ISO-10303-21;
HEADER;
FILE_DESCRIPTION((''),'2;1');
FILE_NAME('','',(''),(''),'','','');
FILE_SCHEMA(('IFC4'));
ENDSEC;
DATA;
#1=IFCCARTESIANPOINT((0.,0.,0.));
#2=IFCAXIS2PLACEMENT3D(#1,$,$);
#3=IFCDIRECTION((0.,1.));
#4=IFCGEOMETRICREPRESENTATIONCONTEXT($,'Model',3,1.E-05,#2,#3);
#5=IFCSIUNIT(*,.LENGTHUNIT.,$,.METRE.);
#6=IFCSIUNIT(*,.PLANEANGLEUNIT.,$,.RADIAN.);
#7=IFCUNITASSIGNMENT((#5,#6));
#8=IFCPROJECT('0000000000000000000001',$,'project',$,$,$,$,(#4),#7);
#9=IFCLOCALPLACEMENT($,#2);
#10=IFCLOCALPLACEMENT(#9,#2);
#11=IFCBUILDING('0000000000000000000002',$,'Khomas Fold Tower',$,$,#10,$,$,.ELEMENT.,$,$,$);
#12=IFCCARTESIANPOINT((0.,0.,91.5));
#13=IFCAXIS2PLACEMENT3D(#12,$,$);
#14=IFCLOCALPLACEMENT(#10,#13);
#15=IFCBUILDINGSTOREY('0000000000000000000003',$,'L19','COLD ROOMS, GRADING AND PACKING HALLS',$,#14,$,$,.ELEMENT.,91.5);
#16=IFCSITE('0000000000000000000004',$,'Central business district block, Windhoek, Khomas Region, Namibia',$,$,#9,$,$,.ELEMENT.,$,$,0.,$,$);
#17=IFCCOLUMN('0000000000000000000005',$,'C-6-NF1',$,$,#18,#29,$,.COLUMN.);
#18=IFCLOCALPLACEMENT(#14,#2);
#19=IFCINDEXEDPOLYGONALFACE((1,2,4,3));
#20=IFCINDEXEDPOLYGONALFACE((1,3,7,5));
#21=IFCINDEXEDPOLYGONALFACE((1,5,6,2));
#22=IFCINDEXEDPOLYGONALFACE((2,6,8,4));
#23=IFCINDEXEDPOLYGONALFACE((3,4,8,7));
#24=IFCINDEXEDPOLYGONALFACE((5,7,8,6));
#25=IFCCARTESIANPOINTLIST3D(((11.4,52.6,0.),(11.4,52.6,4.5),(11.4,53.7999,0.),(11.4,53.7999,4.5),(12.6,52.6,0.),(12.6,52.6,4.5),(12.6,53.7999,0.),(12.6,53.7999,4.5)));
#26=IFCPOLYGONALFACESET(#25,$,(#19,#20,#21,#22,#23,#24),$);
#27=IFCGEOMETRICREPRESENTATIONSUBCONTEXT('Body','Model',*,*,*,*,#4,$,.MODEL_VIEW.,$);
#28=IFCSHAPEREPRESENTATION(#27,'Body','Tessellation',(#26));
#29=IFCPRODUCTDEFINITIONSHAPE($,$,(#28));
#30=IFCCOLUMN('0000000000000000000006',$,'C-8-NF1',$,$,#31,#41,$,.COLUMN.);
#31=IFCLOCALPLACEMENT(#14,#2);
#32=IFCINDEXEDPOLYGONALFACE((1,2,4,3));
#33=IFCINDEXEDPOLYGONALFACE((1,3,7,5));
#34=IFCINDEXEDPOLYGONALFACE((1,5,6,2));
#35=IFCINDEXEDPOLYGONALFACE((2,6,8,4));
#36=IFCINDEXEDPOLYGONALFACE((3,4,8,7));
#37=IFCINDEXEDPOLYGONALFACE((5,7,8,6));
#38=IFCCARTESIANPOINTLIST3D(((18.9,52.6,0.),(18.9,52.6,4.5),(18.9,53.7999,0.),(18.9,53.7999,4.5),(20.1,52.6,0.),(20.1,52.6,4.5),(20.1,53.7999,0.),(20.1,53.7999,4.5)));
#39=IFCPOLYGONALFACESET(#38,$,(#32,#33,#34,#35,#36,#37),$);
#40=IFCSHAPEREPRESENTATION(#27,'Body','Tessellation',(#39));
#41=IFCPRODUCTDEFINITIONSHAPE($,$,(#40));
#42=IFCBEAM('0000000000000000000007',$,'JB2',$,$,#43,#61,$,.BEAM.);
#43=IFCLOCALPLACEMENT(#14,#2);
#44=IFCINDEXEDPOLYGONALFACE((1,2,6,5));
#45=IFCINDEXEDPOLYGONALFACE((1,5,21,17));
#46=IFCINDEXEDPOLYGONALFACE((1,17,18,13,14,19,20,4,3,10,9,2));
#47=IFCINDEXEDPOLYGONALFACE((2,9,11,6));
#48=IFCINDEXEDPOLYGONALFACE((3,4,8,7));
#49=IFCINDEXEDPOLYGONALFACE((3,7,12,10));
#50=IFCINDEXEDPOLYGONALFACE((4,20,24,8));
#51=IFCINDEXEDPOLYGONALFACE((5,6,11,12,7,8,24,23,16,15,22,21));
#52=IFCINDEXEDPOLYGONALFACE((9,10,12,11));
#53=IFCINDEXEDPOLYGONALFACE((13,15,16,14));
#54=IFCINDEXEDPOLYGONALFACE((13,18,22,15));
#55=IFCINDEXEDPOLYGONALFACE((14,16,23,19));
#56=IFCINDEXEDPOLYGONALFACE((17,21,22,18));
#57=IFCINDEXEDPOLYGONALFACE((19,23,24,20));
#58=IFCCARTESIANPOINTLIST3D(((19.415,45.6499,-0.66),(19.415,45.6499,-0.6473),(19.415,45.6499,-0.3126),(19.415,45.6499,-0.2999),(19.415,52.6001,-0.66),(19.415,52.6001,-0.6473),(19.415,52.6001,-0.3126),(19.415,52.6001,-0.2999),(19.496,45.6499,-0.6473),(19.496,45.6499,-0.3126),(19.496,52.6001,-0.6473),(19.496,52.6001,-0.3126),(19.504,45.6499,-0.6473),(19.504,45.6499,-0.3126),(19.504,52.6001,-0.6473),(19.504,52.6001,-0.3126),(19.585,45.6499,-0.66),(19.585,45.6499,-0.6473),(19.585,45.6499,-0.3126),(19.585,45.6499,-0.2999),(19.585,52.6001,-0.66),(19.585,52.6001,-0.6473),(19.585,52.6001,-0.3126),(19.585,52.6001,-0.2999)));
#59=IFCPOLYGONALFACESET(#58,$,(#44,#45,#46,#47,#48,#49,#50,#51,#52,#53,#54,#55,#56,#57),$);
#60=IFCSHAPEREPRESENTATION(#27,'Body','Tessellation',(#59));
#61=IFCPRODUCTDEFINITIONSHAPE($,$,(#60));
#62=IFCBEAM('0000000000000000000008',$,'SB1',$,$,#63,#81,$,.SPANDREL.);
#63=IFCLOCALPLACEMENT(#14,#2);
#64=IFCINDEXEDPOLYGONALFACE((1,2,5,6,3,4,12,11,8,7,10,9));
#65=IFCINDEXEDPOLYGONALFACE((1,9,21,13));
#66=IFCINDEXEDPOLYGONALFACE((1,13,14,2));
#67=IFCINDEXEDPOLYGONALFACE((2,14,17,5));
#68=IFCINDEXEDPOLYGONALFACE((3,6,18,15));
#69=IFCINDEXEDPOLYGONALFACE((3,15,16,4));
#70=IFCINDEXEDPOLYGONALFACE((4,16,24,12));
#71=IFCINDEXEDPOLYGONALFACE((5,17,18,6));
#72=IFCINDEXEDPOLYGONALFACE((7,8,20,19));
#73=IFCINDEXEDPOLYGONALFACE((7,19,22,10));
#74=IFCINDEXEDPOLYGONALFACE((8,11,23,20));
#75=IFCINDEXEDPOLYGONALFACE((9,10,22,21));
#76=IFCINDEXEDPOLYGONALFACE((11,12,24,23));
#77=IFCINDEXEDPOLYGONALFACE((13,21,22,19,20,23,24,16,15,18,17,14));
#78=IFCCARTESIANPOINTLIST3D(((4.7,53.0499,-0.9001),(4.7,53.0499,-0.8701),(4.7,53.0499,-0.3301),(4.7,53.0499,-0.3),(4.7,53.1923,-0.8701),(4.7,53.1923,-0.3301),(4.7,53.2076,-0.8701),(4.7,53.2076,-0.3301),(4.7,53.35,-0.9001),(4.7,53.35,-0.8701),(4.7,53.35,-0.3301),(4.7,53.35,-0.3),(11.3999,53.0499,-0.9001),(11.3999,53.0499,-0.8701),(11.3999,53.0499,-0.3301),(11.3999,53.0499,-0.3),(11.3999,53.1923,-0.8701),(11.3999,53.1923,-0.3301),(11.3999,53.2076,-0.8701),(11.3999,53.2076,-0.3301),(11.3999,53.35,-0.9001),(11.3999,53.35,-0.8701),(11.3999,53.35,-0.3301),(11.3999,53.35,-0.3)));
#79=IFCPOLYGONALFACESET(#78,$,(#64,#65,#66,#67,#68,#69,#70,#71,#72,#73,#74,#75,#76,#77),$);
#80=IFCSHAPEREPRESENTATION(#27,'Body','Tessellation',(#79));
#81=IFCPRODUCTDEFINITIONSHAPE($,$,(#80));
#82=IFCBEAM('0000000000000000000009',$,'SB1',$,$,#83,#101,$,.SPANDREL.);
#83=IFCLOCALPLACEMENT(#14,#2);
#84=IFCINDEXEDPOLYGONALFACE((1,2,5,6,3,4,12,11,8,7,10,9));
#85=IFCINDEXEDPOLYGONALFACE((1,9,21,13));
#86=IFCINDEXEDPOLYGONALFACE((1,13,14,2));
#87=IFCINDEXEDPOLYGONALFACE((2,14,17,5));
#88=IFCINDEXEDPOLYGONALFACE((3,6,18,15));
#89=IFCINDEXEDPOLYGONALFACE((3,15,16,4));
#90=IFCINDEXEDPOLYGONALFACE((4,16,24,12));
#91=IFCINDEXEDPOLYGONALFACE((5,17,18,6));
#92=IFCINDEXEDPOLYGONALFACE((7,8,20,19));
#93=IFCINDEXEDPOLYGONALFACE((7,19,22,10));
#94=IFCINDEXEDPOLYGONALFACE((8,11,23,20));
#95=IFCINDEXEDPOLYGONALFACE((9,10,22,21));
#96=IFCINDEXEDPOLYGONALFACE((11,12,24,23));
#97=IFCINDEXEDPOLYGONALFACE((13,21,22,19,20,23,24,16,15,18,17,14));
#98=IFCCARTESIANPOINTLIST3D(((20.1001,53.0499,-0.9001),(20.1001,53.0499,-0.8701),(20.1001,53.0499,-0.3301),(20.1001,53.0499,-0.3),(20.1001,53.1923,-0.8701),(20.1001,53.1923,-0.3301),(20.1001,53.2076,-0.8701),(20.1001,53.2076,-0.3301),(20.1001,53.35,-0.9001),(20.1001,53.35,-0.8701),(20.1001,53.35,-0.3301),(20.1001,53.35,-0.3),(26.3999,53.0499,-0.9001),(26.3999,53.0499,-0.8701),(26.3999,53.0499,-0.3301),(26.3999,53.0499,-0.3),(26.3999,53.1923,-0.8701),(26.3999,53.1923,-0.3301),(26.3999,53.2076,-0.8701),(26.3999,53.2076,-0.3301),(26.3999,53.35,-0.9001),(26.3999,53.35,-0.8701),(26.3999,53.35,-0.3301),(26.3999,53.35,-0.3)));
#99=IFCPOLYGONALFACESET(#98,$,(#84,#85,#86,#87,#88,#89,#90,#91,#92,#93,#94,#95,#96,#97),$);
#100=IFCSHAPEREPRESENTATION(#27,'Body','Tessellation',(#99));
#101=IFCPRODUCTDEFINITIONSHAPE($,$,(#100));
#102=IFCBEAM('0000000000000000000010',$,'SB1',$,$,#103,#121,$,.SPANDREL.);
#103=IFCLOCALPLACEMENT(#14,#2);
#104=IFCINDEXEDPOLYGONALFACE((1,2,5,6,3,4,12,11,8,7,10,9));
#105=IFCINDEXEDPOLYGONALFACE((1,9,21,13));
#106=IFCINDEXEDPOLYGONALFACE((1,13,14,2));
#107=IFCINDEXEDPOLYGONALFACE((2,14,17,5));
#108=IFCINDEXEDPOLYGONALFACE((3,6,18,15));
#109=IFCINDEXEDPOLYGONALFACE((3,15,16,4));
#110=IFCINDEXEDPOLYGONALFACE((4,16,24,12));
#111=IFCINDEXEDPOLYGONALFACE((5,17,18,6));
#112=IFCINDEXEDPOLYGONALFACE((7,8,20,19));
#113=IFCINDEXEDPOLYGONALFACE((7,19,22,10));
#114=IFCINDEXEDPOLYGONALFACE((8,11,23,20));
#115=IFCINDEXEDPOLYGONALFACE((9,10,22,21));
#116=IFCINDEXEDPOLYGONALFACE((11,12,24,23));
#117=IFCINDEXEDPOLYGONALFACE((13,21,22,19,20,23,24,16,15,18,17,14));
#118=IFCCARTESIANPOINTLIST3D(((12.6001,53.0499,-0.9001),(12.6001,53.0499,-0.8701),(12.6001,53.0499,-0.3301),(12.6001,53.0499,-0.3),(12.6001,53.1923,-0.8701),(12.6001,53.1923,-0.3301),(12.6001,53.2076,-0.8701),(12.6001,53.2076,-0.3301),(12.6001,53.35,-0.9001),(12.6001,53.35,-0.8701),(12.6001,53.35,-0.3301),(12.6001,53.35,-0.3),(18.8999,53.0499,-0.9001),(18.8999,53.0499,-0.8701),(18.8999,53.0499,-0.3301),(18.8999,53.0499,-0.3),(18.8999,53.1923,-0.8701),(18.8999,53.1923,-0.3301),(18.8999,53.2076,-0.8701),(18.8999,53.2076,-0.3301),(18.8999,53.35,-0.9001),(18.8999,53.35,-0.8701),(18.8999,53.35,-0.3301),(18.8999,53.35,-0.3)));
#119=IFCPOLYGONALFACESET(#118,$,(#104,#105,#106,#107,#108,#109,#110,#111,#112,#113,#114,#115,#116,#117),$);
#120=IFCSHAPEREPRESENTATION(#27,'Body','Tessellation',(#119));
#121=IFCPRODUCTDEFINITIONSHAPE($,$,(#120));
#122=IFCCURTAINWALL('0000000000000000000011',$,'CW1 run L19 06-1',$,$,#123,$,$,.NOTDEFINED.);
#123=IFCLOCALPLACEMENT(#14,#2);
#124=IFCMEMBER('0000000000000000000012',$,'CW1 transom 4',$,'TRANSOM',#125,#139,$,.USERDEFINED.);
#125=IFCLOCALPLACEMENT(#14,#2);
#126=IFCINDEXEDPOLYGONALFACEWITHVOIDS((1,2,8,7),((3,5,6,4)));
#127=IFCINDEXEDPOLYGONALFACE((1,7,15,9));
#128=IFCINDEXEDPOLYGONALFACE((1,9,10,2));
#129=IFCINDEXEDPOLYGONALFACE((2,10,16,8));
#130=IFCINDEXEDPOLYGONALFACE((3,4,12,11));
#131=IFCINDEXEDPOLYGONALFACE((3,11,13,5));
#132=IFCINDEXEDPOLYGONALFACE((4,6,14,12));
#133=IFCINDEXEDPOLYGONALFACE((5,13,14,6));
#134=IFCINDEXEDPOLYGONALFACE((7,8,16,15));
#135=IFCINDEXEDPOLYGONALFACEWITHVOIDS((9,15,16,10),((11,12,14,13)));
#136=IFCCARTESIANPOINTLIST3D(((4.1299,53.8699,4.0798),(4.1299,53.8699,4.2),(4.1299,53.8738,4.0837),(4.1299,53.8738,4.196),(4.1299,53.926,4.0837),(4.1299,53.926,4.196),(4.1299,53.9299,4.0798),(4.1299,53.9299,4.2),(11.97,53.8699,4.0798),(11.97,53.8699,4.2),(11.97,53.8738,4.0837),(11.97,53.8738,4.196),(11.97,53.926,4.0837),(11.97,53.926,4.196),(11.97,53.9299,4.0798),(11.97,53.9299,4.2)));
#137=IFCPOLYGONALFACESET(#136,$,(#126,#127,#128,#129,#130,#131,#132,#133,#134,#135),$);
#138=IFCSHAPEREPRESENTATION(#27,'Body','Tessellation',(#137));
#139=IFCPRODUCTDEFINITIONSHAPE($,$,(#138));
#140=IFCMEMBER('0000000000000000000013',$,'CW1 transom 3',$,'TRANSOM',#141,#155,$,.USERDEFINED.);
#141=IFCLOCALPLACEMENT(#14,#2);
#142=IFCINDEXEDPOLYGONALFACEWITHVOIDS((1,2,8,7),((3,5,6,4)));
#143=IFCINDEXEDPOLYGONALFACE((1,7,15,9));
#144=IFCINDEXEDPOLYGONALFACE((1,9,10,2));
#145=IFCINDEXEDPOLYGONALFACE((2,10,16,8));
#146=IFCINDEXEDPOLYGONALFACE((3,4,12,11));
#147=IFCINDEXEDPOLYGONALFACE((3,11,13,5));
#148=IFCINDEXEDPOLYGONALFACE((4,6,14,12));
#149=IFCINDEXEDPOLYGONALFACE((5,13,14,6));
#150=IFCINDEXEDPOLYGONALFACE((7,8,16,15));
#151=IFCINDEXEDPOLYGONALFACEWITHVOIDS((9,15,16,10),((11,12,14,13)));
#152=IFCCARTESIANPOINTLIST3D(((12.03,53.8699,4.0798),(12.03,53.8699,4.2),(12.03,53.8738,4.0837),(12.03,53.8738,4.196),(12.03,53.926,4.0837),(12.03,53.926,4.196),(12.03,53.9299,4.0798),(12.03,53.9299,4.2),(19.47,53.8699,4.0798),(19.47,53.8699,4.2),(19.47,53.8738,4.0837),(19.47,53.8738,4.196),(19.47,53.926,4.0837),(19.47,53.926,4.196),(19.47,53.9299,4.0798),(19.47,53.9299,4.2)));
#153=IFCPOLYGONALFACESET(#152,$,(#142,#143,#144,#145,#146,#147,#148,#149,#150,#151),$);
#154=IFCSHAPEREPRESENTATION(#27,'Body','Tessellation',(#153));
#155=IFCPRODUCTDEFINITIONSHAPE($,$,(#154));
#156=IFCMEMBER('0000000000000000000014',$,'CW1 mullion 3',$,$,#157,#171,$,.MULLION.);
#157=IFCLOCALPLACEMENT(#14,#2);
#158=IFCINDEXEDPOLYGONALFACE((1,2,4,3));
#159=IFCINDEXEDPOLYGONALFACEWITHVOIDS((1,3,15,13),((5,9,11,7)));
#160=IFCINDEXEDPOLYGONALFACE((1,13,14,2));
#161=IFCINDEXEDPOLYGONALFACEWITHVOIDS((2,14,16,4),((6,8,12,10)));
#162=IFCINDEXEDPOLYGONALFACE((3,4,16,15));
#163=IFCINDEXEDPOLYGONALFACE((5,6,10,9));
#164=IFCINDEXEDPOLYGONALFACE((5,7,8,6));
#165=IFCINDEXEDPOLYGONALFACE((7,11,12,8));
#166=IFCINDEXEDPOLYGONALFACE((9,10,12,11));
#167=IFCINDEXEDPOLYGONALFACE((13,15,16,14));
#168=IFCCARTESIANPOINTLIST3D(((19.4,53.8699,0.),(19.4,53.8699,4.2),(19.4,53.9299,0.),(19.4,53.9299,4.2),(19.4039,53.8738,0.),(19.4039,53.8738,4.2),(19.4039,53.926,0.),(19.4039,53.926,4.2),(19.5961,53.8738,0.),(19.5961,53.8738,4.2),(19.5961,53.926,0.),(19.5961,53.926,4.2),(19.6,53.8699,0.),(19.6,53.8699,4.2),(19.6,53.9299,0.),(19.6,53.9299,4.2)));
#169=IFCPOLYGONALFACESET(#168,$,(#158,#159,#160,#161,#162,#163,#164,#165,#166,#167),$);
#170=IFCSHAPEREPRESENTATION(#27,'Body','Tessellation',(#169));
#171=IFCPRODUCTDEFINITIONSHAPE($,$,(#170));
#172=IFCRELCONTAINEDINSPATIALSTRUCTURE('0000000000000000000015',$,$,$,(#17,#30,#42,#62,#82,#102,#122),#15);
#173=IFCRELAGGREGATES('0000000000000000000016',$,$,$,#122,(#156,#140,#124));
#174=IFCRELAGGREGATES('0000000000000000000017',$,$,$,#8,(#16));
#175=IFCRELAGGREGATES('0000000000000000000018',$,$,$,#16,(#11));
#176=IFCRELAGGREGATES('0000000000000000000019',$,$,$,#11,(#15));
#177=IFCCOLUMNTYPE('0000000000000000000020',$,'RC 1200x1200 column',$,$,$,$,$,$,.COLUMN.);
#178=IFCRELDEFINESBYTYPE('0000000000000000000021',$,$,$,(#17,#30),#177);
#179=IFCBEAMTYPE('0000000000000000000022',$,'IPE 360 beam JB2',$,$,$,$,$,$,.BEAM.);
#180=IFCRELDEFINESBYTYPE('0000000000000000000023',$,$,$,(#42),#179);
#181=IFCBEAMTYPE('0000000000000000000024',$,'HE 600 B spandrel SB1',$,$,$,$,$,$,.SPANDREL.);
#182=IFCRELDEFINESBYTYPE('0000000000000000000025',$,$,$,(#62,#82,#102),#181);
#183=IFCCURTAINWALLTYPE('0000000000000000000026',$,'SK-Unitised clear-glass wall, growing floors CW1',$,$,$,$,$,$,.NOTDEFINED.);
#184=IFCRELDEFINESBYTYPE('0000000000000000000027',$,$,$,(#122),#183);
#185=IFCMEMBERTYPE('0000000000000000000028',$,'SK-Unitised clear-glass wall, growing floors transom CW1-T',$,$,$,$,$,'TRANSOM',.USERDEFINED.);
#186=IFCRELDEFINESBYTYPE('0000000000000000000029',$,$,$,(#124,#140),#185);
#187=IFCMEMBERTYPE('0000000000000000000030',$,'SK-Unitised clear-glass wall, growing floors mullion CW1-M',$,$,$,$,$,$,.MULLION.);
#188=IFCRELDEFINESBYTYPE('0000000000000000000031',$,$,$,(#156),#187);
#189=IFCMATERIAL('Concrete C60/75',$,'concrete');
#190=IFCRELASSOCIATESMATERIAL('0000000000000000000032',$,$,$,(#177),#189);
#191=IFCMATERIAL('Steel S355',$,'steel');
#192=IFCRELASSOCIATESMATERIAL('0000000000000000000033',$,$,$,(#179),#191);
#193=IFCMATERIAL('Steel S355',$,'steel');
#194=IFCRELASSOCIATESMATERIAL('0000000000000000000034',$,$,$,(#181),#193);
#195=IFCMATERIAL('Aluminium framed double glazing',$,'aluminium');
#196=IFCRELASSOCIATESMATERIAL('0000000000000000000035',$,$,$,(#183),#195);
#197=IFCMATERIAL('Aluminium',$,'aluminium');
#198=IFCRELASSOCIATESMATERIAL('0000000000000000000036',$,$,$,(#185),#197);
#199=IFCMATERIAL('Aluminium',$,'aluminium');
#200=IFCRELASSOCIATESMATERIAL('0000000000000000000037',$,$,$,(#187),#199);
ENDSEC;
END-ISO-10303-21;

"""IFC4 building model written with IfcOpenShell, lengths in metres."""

from ifc_helpers import new_model, si_unit, direction, frame, origin, origin_2d, place, context, subcontext, project, spatial, rectangle, hollow_rectangle, i_section, extrude, source, transform, mapped, material, material_profile, profile_set, type_object, element, aggregate, save


model = new_model("IFC4")

# Units and contexts
model_context = context("Model", 3, precision=1e-05, world=origin(), true_north=direction((0.0, 1.0)))
body_context = subcontext(model_context, "Body", "Model", "MODEL_VIEW")
ifc_project = project(units=[si_unit("LENGTHUNIT", "METRE"), si_unit("PLANEANGLEUNIT", "RADIAN")], contexts=[model_context])

# Site, building, storey
site_placement = place(None, origin())
site = spatial("IfcSite", under=ifc_project, at=site_placement, Name="Central business district block, Windhoek, Khomas Region, Namibia", CompositionType="ELEMENT", RefElevation=0.0)
building_placement = place(site_placement, origin())
building = spatial("IfcBuilding", under=site, at=building_placement, Name="Khomas Fold Tower", CompositionType="ELEMENT")
storey_placement = place(building_placement, frame((0.0, 0.0, 91.5)))
storey = spatial("IfcBuildingStorey", under=building, at=storey_placement, Name="L19", Description="COLD ROOMS, GRADING AND PACKING HALLS", CompositionType="ELEMENT", Elevation=91.5)

# Columns
ifc_material_1 = material(Name="Concrete C60/75", Category="concrete")
ifc_material_profile_1 = material_profile(ifc_material_1, rectangle(XDim=1.2, YDim=1.2, at=origin_2d()), Name="RC 1200x1200")
ifc_profile_set_1 = profile_set([ifc_material_profile_1], Name="Concrete C60/75")
column_type = type_object("IfcColumnType", Name="RC 1200x1200 column", PredefinedType="COLUMN", material=ifc_profile_set_1)
shared_shape_1 = source(origin(), body_context, "Body", "SweptSolid", [
    extrude(rectangle(XDim=1.2, YDim=1.2, at=origin_2d()), origin(), (0.0, 0.0, 1.0), 4.5),
])
for number, where, z_axis, x_axis, name in (
    (1, (12.0, 53.2, 0.0), (0.0, 0.0, 1.0), (1.0, 0.0, 0.0), "C-6-NF1"),
    (2, (19.5, 53.2, 0.0), (0.0, 0.0, 1.0), (1.0, 0.0, 0.0), "C-8-NF1"),
):
    element("IfcColumn", number, at=place(storey_placement, frame(where, z_axis=z_axis, x_axis=x_axis)), inside=storey, type_object=column_type, Name=name, PredefinedType="COLUMN", context=body_context, shape_type="MappedRepresentation", body=[
        mapped(shared_shape_1, transform((0.0, 0.0, 0.0))),
    ])

# Beams
ifc_material_2 = material(Name="Steel S355", Category="steel")
ifc_material_profile_2 = material_profile(ifc_material_2, i_section(OverallWidth=0.1699, OverallDepth=0.3601, WebThickness=0.0081, FlangeThickness=0.0127, at=origin_2d()), Name="IPE 360")
ifc_profile_set_2 = profile_set([ifc_material_profile_2], Name="Steel S355")
beam_type_1 = type_object("IfcBeamType", Name="IPE 360 beam JB2", PredefinedType="BEAM", material=ifc_profile_set_2)
shared_shape_2 = source(origin(), body_context, "Body", "SweptSolid", [
    extrude(i_section(OverallWidth=0.1699, OverallDepth=0.3601, WebThickness=0.0081, FlangeThickness=0.0127, at=origin_2d()), origin(), (0.0, 0.0, 1.0), 6.9502),
])
beam_1_placement = place(storey_placement, frame((19.5, 45.6499, -0.48), z_axis=(0.0, 1.0, 0.0), x_axis=(-1.0, 0.0, 0.0)))
element("IfcBeam", 3, at=beam_1_placement, inside=storey, type_object=beam_type_1, Name="JB2", PredefinedType="BEAM", context=body_context, shape_type="MappedRepresentation", body=[
    mapped(shared_shape_2, transform((0.0, 0.0, 0.0))),
])
ifc_material_3 = material(Name="Steel S355", Category="steel")
ifc_material_profile_3 = material_profile(ifc_material_3, i_section(OverallWidth=0.3, OverallDepth=0.6001, WebThickness=0.0154, FlangeThickness=0.03, at=origin_2d()), Name="HE 600 B")
ifc_profile_set_3 = profile_set([ifc_material_profile_3], Name="Steel S355")
beam_type_2 = type_object("IfcBeamType", Name="HE 600 B spandrel SB1", PredefinedType="SPANDREL", material=ifc_profile_set_3)
shared_shape_3 = source(origin(), body_context, "Body", "SweptSolid", [
    extrude(i_section(OverallWidth=0.3, OverallDepth=0.6001, WebThickness=0.0154, FlangeThickness=0.03, at=origin_2d()), origin(), (0.0, 0.0, 1.0), 6.7),
])
beam_2_placement = place(storey_placement, frame((4.7, 53.2, -0.6001), z_axis=(1.0, 0.0, 0.0), x_axis=(0.0, 1.0, 0.0)))
element("IfcBeam", 4, at=beam_2_placement, inside=storey, type_object=beam_type_2, Name="SB1", PredefinedType="SPANDREL", context=body_context, shape_type="MappedRepresentation", body=[
    mapped(shared_shape_3, transform((0.0, 0.0, 0.0))),
])
shared_shape_4 = source(origin(), body_context, "Body", "SweptSolid", [
    extrude(i_section(OverallWidth=0.3, OverallDepth=0.6001, WebThickness=0.0154, FlangeThickness=0.03, at=origin_2d()), origin(), (0.0, 0.0, 1.0), 6.2998),
])
for number, where, z_axis, x_axis, name in (
    (5, (20.1001, 53.2, -0.6001), (1.0, 0.0, 0.0), (0.0, 1.0, 0.0), "SB1"),
    (6, (12.6001, 53.2, -0.6001), (1.0, 0.0, 0.0), (0.0, 1.0, 0.0), "SB1"),
):
    element("IfcBeam", number, at=place(storey_placement, frame(where, z_axis=z_axis, x_axis=x_axis)), inside=storey, type_object=beam_type_2, Name=name, PredefinedType="SPANDREL", context=body_context, shape_type="MappedRepresentation", body=[
        mapped(shared_shape_4, transform((0.0, 0.0, 0.0))),
    ])

# Curtain wall, members
ifc_material_4 = material(Name="Aluminium framed double glazing", Category="aluminium")
curtain_wall_type = type_object("IfcCurtainWallType", Name="SK-Unitised clear-glass wall, growing floors CW1", PredefinedType="NOTDEFINED", material=ifc_material_4)
curtain_wall_placement = place(storey_placement, origin())
curtain_wall = element("IfcCurtainWall", 7, at=curtain_wall_placement, inside=storey, type_object=curtain_wall_type, Name="CW1 run L19 06-1", PredefinedType="NOTDEFINED")
ifc_material_5 = material(Name="Aluminium", Category="aluminium")
ifc_material_profile_4 = material_profile(ifc_material_5, hollow_rectangle(XDim=0.0601, YDim=0.1201, WallThickness=0.0039, at=origin_2d()), Name="SK-Unitised clear-glass wall, growing floors transom CW1-T")
ifc_profile_set_4 = profile_set([ifc_material_profile_4], Name="Aluminium")
member_type_1 = type_object("IfcMemberType", Name="SK-Unitised clear-glass wall, growing floors transom CW1-T", ElementType="TRANSOM", PredefinedType="USERDEFINED", material=ifc_profile_set_4)
shared_shape_5 = source(origin(), body_context, "Body", "SweptSolid", [
    extrude(hollow_rectangle(XDim=0.0601, YDim=0.1201, WallThickness=0.0039, at=origin_2d()), origin(), (0.0, 0.0, 1.0), 7.8401),
])
member_1_placement = place(storey_placement, frame((11.97, 53.8999, 4.1399), z_axis=(-1.0, 0.0, 0.0), x_axis=(0.0, -1.0, 0.0)))
member_1 = element("IfcMember", 8, at=member_1_placement, type_object=member_type_1, Name="CW1 transom 4", ObjectType="TRANSOM", PredefinedType="USERDEFINED", context=body_context, shape_type="MappedRepresentation", body=[
    mapped(shared_shape_5, transform((0.0, 0.0, 0.0))),
])
shared_shape_6 = source(origin(), body_context, "Body", "SweptSolid", [
    extrude(hollow_rectangle(XDim=0.0601, YDim=0.1201, WallThickness=0.0039, at=origin_2d()), origin(), (0.0, 0.0, 1.0), 7.4399),
])
member_2_placement = place(storey_placement, frame((19.47, 53.8999, 4.1399), z_axis=(-1.0, 0.0, 0.0), x_axis=(0.0, -1.0, 0.0)))
member_2 = element("IfcMember", 9, at=member_2_placement, type_object=member_type_1, Name="CW1 transom 3", ObjectType="TRANSOM", PredefinedType="USERDEFINED", context=body_context, shape_type="MappedRepresentation", body=[
    mapped(shared_shape_6, transform((0.0, 0.0, 0.0))),
])
ifc_material_6 = material(Name="Aluminium", Category="aluminium")
ifc_material_profile_5 = material_profile(ifc_material_6, hollow_rectangle(XDim=0.0601, YDim=0.2, WallThickness=0.0039, at=origin_2d()), Name="SK-Unitised clear-glass wall, growing floors mullion CW1-M")
ifc_profile_set_5 = profile_set([ifc_material_profile_5], Name="Aluminium")
member_type_2 = type_object("IfcMemberType", Name="SK-Unitised clear-glass wall, growing floors mullion CW1-M", PredefinedType="MULLION", material=ifc_profile_set_5)
shared_shape_7 = source(origin(), body_context, "Body", "SweptSolid", [
    extrude(hollow_rectangle(XDim=0.0601, YDim=0.2, WallThickness=0.0039, at=origin_2d()), origin(), (0.0, 0.0, 1.0), 4.2),
])
member_3_placement = place(storey_placement, frame((19.5, 53.8999, 0.0), z_axis=(0.0, 0.0, 1.0), x_axis=(0.0, -1.0, 0.0)))
member_3 = element("IfcMember", 10, at=member_3_placement, type_object=member_type_2, Name="CW1 mullion 3", PredefinedType="MULLION", context=body_context, shape_type="MappedRepresentation", body=[
    mapped(shared_shape_7, transform((0.0, 0.0, 0.0))),
])
aggregate(curtain_wall, [member_3, member_2, member_1])

save(model, "model.ifc")
